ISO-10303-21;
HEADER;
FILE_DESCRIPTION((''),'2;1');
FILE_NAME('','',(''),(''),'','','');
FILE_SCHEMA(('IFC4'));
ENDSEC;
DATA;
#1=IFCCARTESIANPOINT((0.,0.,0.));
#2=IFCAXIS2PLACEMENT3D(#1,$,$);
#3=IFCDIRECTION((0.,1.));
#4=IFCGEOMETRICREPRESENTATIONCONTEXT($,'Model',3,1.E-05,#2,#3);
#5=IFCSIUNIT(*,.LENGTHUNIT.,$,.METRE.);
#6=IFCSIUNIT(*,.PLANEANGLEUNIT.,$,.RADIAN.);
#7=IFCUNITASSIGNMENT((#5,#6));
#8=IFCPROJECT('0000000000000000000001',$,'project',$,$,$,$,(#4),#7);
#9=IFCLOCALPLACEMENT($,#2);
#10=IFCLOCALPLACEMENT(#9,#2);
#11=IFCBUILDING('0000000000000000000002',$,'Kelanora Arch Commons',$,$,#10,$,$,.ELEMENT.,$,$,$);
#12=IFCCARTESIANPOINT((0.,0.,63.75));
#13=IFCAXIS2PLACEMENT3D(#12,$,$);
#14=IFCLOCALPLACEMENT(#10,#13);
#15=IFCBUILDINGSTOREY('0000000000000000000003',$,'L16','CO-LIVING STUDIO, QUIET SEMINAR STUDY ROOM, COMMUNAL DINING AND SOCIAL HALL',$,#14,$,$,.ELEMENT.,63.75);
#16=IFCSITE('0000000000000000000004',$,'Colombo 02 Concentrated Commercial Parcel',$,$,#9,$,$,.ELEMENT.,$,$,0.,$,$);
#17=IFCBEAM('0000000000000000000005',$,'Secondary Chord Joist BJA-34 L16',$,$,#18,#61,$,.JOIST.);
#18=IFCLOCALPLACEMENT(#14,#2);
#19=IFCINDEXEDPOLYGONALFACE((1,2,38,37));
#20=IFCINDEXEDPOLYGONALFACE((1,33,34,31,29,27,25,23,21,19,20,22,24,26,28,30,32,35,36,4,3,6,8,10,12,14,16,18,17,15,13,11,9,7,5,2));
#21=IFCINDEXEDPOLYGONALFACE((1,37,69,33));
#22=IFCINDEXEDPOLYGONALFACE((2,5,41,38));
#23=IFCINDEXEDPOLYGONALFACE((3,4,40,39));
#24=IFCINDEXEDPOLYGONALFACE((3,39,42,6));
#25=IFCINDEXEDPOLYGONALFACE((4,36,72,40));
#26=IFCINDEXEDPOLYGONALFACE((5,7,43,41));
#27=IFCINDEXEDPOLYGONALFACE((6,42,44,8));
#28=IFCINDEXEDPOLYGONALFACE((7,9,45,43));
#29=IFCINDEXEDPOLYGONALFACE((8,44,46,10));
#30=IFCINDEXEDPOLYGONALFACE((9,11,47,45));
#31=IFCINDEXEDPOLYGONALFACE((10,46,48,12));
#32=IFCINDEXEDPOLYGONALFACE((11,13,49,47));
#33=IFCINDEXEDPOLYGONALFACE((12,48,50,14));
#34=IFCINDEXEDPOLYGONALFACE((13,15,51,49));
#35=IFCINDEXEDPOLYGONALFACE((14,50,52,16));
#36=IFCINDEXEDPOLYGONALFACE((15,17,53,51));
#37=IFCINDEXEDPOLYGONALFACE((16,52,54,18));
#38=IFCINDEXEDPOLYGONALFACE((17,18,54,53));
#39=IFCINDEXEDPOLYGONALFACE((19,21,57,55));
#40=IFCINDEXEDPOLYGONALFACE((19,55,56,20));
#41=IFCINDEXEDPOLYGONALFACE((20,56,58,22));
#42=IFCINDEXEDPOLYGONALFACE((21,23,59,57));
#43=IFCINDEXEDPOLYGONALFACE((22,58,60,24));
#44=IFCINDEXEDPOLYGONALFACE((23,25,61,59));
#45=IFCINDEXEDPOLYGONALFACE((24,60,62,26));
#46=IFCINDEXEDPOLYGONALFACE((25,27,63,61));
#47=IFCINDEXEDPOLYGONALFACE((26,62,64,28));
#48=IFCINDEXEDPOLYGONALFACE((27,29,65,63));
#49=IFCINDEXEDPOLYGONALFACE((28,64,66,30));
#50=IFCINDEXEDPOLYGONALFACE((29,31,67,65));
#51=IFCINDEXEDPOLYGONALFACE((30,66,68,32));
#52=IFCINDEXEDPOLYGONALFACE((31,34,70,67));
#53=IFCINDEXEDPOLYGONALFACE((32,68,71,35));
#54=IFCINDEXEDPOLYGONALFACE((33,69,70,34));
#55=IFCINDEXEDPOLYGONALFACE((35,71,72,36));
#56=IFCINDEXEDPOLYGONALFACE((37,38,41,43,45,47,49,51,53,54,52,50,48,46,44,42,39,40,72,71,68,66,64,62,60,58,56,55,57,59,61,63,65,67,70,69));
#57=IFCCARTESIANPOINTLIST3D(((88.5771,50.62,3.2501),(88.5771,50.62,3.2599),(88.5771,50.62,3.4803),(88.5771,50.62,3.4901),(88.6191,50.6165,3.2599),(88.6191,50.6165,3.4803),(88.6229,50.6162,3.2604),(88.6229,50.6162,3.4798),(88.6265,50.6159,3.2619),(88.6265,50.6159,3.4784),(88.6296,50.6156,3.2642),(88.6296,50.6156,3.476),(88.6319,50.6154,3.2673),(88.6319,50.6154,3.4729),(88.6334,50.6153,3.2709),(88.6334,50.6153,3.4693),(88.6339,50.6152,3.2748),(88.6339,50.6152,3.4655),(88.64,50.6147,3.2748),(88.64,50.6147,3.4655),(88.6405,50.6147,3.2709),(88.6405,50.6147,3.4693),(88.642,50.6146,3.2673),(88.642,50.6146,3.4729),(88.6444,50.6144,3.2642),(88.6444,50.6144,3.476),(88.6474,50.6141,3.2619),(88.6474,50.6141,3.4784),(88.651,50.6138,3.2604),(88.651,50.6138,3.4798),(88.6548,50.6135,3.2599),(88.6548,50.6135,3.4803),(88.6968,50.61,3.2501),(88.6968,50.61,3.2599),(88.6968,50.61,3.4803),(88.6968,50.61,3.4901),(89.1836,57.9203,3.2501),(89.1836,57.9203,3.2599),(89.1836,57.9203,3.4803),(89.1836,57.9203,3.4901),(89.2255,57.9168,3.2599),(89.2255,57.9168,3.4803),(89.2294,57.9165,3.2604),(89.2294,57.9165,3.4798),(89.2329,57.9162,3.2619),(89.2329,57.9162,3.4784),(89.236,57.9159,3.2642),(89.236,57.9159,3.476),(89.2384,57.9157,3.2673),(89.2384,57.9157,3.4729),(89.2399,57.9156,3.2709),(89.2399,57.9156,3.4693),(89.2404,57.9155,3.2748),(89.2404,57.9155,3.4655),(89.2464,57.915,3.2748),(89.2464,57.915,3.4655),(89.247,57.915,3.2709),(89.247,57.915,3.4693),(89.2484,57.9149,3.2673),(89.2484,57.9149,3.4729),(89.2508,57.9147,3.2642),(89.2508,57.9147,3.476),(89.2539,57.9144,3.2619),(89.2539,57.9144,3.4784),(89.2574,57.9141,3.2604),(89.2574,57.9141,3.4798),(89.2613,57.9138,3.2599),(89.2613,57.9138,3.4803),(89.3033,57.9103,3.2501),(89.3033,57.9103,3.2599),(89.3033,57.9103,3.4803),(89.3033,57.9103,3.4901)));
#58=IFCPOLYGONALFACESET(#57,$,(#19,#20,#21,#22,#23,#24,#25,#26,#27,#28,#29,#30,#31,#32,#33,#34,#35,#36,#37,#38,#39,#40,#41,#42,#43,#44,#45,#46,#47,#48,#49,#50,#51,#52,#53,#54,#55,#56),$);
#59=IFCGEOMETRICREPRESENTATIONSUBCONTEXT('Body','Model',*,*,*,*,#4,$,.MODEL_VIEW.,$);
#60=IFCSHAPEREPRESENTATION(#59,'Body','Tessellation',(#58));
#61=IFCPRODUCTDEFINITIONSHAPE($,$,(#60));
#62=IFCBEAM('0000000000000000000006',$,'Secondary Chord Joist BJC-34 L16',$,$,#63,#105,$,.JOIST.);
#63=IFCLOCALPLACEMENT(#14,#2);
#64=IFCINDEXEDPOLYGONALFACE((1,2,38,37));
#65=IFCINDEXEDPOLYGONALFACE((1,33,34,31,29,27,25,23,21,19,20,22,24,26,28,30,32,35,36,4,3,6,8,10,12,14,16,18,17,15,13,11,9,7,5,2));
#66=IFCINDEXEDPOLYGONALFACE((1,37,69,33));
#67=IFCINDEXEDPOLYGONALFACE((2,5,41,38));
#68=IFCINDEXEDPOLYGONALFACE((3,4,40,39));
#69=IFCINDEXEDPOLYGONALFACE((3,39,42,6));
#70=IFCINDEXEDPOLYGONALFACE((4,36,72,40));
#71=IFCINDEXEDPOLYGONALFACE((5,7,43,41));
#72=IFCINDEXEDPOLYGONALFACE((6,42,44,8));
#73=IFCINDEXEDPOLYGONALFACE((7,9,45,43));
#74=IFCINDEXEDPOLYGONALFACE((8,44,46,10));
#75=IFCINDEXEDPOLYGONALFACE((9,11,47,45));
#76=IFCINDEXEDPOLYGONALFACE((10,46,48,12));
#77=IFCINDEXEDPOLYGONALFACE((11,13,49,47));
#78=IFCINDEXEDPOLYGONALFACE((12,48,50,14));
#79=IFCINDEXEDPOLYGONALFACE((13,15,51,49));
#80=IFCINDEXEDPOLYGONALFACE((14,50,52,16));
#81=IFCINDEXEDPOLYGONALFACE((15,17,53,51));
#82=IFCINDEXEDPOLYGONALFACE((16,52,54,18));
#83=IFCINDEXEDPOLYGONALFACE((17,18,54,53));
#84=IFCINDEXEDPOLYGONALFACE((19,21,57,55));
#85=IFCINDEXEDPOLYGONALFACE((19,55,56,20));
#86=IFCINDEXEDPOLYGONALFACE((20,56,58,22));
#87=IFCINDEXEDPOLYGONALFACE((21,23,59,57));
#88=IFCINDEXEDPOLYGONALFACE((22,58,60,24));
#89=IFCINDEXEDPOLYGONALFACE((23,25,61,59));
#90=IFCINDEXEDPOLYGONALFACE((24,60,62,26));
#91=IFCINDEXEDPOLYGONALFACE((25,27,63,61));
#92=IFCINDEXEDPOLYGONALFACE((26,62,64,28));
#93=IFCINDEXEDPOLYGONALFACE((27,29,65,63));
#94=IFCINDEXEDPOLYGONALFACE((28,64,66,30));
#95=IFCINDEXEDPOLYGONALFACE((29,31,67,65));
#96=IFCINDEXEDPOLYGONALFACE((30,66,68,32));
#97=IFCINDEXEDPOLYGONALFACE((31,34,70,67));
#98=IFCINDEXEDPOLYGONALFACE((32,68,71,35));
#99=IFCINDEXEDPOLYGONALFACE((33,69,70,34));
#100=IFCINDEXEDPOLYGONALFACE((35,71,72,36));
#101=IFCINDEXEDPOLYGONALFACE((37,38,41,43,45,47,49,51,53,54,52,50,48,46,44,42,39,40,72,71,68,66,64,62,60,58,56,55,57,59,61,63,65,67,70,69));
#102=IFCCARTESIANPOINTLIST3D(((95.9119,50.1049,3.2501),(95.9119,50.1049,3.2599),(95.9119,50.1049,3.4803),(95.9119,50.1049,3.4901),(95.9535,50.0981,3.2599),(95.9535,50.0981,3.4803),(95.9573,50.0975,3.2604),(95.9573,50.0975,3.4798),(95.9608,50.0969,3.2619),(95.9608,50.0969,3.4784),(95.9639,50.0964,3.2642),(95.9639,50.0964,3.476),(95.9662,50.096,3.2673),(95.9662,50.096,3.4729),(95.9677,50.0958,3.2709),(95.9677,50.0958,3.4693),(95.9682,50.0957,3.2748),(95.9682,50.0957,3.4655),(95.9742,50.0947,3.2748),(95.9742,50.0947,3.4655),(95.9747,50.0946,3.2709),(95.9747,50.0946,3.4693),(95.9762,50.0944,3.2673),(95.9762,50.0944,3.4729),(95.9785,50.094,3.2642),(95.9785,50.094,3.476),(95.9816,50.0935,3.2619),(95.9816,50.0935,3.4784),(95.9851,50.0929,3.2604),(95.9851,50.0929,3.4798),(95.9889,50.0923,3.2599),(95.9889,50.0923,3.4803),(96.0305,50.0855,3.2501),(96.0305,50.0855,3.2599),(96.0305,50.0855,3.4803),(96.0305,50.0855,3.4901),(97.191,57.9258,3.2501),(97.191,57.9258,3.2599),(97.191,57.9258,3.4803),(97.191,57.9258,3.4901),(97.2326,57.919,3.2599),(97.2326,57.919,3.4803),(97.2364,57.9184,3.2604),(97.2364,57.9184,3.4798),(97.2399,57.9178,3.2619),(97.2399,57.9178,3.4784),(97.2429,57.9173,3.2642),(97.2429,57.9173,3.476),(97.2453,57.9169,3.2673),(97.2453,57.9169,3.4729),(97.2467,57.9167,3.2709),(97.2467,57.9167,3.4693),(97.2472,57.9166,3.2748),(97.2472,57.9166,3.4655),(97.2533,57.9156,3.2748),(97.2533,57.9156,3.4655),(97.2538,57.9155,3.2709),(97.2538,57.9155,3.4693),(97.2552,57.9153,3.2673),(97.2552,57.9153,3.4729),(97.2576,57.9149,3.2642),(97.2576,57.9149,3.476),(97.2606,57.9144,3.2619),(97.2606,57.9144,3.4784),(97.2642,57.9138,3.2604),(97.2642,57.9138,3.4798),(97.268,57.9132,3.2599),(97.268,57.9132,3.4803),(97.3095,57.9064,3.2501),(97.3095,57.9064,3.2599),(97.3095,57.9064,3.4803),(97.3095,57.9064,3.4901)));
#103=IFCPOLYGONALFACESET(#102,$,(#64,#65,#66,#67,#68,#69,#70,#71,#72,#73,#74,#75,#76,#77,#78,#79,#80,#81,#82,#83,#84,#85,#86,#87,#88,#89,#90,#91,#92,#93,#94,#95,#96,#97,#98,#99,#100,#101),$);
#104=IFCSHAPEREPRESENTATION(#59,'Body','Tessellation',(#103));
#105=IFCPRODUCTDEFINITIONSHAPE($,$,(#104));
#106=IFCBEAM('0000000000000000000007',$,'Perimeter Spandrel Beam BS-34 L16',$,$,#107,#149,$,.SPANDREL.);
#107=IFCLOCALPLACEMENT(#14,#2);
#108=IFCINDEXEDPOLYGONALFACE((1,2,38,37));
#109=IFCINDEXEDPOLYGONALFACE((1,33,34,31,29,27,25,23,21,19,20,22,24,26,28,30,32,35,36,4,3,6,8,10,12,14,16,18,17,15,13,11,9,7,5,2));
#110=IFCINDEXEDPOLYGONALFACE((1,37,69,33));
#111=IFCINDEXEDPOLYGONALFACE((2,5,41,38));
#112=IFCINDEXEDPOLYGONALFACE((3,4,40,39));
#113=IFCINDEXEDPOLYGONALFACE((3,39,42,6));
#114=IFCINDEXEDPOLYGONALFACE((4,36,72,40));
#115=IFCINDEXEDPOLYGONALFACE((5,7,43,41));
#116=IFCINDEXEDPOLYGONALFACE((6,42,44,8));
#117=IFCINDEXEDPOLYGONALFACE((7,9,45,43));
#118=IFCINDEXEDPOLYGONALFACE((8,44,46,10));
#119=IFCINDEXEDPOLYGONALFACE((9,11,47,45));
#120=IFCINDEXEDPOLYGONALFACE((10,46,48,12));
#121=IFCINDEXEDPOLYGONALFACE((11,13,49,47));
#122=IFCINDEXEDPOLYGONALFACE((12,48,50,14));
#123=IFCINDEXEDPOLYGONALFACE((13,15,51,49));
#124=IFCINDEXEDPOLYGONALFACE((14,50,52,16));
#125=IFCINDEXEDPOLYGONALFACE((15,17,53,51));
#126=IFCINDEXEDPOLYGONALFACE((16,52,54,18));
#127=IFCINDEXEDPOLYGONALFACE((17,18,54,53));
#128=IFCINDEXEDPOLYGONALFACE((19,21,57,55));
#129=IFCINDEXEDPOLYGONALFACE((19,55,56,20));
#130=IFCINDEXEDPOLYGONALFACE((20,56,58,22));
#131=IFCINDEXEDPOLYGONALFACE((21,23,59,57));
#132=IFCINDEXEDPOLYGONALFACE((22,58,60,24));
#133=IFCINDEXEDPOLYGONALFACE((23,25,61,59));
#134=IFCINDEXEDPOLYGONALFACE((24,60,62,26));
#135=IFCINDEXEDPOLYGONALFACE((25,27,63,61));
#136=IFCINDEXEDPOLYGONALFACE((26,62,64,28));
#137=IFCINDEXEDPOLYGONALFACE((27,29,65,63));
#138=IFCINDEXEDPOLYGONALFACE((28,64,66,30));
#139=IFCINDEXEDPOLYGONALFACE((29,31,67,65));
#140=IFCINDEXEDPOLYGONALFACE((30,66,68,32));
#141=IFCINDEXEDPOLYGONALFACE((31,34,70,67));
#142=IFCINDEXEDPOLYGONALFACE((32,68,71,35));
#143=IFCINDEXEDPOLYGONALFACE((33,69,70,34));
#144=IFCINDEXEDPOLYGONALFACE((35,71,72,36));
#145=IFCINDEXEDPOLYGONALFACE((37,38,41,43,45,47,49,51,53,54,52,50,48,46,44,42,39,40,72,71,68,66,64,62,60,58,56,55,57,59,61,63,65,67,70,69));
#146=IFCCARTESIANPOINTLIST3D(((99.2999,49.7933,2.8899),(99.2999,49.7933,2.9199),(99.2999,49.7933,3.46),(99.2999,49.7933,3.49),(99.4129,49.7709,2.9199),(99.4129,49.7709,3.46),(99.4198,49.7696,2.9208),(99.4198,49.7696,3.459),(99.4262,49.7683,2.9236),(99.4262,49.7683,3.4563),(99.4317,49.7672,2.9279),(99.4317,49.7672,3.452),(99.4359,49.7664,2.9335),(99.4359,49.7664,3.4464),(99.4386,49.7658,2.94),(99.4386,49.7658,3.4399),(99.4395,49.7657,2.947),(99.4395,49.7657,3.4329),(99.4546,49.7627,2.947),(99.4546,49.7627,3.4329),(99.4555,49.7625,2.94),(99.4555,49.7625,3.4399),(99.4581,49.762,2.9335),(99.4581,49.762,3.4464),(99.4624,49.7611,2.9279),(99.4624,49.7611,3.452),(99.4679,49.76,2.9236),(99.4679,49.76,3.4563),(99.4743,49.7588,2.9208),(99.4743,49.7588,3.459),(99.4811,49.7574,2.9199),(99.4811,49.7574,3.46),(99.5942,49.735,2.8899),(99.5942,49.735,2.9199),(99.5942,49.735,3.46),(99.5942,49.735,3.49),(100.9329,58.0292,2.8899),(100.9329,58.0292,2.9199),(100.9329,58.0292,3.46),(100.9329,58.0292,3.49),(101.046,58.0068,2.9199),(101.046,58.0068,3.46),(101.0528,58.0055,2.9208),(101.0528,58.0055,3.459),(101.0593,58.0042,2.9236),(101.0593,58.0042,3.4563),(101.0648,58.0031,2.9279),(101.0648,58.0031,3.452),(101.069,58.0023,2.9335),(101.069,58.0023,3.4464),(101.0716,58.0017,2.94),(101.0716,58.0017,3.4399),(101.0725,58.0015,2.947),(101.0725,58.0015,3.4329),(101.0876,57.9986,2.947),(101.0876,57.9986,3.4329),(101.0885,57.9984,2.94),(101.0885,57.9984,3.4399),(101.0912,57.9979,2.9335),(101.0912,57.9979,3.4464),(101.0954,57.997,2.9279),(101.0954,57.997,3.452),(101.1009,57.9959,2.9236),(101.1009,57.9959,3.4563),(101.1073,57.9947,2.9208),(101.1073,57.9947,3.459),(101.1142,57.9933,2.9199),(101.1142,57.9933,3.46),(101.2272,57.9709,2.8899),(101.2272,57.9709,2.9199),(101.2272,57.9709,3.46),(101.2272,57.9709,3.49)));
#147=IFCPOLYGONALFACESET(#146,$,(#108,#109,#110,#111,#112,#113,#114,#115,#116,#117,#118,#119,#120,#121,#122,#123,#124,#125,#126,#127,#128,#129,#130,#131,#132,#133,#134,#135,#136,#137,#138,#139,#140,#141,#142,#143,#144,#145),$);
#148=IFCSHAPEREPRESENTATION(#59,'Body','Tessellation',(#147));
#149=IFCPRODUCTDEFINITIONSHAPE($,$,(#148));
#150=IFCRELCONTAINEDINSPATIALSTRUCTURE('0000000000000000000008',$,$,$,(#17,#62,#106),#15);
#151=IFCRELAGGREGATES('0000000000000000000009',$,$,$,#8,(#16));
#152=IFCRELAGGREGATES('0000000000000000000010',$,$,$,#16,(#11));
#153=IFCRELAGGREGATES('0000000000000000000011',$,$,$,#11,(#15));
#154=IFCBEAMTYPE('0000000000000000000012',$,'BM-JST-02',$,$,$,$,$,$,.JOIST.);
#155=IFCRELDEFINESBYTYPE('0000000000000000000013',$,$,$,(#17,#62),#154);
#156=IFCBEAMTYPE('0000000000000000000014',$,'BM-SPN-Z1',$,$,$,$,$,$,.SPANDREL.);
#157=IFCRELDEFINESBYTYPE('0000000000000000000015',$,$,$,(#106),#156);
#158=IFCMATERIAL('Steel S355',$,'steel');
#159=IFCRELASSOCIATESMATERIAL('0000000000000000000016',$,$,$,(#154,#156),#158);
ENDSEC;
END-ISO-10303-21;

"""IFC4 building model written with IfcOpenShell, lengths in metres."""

from ifc_helpers import new_model, si_unit, direction, frame, origin, origin_2d, place, context, subcontext, project, spatial, i_section, extrude, material, material_profile, profile_set, type_object, element, save


model = new_model("IFC4")

# Units and contexts
model_context = context("Model", 3, precision=1e-05, world=origin(), true_north=direction((0.0, 1.0)))
body_context = subcontext(model_context, "Body", "Model", "MODEL_VIEW")
ifc_project = project(units=[si_unit("LENGTHUNIT", "METRE"), si_unit("PLANEANGLEUNIT", "RADIAN")], contexts=[model_context])

# Site, building, storey
site_placement = place(None, origin())
site = spatial("IfcSite", under=ifc_project, at=site_placement, Name="Colombo 02 Concentrated Commercial Parcel", CompositionType="ELEMENT", RefElevation=0.0)
building_placement = place(site_placement, origin())
building = spatial("IfcBuilding", under=site, at=building_placement, Name="Kelanora Arch Commons", CompositionType="ELEMENT")
storey_placement = place(building_placement, frame((0.0, 0.0, 63.75)))
storey = spatial("IfcBuildingStorey", under=building, at=storey_placement, Name="L16", Description="CO-LIVING STUDIO, QUIET SEMINAR STUDY ROOM, COMMUNAL DINING AND SOCIAL HALL", CompositionType="ELEMENT", Elevation=63.75)

# Beams
ifc_material_1 = material(Name="Steel S355", Category="steel")
ifc_material_profile_1 = material_profile(ifc_material_1, i_section(OverallWidth=0.1201, OverallDepth=0.24, WebThickness=0.0061, FlangeThickness=0.0098, FilletRadius=0.0149, at=origin_2d()), Name="IPE240")
ifc_profile_set_1 = profile_set([ifc_material_profile_1], Name="Steel S355")
beam_type_1 = type_object("IfcBeamType", Name="BM-JST-02", PredefinedType="JOIST", material=ifc_profile_set_1)
beam_1_placement = place(storey_placement, frame((88.637, 50.615, 3.3701), z_axis=(0.082786, 0.996567, 0.0), x_axis=(-0.996567, 0.082786, 0.0)))
element("IfcBeam", 1, at=beam_1_placement, inside=storey, type_object=beam_type_1, Name="Secondary Chord Joist BJA-34 L16", PredefinedType="JOIST", context=body_context, shape_type="SweptSolid", body=[
    extrude(i_section(OverallWidth=0.1201, OverallDepth=0.24, WebThickness=0.0061, FlangeThickness=0.0098, FilletRadius=0.0149, at=origin_2d()), origin(), (0.0, 0.0, 1.0), 7.3254),
])
beam_2_placement = place(storey_placement, frame((95.9712, 50.0952, 3.3701), z_axis=(0.161401, 0.986889, 0.0), x_axis=(-0.986889, 0.161401, 0.0)))
element("IfcBeam", 2, at=beam_2_placement, inside=storey, type_object=beam_type_1, Name="Secondary Chord Joist BJC-34 L16", PredefinedType="JOIST", context=body_context, shape_type="SweptSolid", body=[
    extrude(i_section(OverallWidth=0.1201, OverallDepth=0.24, WebThickness=0.0061, FlangeThickness=0.0098, FilletRadius=0.0149, at=origin_2d()), origin(), (0.0, 0.0, 1.0), 7.9248),
])
ifc_material_profile_2 = material_profile(ifc_material_1, i_section(OverallWidth=0.3, OverallDepth=0.6001, WebThickness=0.0154, FlangeThickness=0.03, FilletRadius=0.0271, at=origin_2d()), Name="HEB600")
ifc_profile_set_2 = profile_set([ifc_material_profile_2], Name="Steel S355")
beam_type_2 = type_object("IfcBeamType", Name="BM-SPN-Z1", PredefinedType="SPANDREL", material=ifc_profile_set_2)
beam_3_placement = place(storey_placement, frame((99.447, 49.7642, 3.1899), z_axis=(0.1945, 0.980903, 0.0), x_axis=(-0.980903, 0.1945, 0.0)))
element("IfcBeam", 3, at=beam_3_placement, inside=storey, type_object=beam_type_2, Name="Perimeter Spandrel Beam BS-34 L16", PredefinedType="SPANDREL", context=body_context, shape_type="SweptSolid", body=[
    extrude(i_section(OverallWidth=0.3, OverallDepth=0.6001, WebThickness=0.0154, FlangeThickness=0.03, FilletRadius=0.0271, at=origin_2d()), origin(), (0.0, 0.0, 1.0), 8.3962),
])

save(model, "model.ifc")
